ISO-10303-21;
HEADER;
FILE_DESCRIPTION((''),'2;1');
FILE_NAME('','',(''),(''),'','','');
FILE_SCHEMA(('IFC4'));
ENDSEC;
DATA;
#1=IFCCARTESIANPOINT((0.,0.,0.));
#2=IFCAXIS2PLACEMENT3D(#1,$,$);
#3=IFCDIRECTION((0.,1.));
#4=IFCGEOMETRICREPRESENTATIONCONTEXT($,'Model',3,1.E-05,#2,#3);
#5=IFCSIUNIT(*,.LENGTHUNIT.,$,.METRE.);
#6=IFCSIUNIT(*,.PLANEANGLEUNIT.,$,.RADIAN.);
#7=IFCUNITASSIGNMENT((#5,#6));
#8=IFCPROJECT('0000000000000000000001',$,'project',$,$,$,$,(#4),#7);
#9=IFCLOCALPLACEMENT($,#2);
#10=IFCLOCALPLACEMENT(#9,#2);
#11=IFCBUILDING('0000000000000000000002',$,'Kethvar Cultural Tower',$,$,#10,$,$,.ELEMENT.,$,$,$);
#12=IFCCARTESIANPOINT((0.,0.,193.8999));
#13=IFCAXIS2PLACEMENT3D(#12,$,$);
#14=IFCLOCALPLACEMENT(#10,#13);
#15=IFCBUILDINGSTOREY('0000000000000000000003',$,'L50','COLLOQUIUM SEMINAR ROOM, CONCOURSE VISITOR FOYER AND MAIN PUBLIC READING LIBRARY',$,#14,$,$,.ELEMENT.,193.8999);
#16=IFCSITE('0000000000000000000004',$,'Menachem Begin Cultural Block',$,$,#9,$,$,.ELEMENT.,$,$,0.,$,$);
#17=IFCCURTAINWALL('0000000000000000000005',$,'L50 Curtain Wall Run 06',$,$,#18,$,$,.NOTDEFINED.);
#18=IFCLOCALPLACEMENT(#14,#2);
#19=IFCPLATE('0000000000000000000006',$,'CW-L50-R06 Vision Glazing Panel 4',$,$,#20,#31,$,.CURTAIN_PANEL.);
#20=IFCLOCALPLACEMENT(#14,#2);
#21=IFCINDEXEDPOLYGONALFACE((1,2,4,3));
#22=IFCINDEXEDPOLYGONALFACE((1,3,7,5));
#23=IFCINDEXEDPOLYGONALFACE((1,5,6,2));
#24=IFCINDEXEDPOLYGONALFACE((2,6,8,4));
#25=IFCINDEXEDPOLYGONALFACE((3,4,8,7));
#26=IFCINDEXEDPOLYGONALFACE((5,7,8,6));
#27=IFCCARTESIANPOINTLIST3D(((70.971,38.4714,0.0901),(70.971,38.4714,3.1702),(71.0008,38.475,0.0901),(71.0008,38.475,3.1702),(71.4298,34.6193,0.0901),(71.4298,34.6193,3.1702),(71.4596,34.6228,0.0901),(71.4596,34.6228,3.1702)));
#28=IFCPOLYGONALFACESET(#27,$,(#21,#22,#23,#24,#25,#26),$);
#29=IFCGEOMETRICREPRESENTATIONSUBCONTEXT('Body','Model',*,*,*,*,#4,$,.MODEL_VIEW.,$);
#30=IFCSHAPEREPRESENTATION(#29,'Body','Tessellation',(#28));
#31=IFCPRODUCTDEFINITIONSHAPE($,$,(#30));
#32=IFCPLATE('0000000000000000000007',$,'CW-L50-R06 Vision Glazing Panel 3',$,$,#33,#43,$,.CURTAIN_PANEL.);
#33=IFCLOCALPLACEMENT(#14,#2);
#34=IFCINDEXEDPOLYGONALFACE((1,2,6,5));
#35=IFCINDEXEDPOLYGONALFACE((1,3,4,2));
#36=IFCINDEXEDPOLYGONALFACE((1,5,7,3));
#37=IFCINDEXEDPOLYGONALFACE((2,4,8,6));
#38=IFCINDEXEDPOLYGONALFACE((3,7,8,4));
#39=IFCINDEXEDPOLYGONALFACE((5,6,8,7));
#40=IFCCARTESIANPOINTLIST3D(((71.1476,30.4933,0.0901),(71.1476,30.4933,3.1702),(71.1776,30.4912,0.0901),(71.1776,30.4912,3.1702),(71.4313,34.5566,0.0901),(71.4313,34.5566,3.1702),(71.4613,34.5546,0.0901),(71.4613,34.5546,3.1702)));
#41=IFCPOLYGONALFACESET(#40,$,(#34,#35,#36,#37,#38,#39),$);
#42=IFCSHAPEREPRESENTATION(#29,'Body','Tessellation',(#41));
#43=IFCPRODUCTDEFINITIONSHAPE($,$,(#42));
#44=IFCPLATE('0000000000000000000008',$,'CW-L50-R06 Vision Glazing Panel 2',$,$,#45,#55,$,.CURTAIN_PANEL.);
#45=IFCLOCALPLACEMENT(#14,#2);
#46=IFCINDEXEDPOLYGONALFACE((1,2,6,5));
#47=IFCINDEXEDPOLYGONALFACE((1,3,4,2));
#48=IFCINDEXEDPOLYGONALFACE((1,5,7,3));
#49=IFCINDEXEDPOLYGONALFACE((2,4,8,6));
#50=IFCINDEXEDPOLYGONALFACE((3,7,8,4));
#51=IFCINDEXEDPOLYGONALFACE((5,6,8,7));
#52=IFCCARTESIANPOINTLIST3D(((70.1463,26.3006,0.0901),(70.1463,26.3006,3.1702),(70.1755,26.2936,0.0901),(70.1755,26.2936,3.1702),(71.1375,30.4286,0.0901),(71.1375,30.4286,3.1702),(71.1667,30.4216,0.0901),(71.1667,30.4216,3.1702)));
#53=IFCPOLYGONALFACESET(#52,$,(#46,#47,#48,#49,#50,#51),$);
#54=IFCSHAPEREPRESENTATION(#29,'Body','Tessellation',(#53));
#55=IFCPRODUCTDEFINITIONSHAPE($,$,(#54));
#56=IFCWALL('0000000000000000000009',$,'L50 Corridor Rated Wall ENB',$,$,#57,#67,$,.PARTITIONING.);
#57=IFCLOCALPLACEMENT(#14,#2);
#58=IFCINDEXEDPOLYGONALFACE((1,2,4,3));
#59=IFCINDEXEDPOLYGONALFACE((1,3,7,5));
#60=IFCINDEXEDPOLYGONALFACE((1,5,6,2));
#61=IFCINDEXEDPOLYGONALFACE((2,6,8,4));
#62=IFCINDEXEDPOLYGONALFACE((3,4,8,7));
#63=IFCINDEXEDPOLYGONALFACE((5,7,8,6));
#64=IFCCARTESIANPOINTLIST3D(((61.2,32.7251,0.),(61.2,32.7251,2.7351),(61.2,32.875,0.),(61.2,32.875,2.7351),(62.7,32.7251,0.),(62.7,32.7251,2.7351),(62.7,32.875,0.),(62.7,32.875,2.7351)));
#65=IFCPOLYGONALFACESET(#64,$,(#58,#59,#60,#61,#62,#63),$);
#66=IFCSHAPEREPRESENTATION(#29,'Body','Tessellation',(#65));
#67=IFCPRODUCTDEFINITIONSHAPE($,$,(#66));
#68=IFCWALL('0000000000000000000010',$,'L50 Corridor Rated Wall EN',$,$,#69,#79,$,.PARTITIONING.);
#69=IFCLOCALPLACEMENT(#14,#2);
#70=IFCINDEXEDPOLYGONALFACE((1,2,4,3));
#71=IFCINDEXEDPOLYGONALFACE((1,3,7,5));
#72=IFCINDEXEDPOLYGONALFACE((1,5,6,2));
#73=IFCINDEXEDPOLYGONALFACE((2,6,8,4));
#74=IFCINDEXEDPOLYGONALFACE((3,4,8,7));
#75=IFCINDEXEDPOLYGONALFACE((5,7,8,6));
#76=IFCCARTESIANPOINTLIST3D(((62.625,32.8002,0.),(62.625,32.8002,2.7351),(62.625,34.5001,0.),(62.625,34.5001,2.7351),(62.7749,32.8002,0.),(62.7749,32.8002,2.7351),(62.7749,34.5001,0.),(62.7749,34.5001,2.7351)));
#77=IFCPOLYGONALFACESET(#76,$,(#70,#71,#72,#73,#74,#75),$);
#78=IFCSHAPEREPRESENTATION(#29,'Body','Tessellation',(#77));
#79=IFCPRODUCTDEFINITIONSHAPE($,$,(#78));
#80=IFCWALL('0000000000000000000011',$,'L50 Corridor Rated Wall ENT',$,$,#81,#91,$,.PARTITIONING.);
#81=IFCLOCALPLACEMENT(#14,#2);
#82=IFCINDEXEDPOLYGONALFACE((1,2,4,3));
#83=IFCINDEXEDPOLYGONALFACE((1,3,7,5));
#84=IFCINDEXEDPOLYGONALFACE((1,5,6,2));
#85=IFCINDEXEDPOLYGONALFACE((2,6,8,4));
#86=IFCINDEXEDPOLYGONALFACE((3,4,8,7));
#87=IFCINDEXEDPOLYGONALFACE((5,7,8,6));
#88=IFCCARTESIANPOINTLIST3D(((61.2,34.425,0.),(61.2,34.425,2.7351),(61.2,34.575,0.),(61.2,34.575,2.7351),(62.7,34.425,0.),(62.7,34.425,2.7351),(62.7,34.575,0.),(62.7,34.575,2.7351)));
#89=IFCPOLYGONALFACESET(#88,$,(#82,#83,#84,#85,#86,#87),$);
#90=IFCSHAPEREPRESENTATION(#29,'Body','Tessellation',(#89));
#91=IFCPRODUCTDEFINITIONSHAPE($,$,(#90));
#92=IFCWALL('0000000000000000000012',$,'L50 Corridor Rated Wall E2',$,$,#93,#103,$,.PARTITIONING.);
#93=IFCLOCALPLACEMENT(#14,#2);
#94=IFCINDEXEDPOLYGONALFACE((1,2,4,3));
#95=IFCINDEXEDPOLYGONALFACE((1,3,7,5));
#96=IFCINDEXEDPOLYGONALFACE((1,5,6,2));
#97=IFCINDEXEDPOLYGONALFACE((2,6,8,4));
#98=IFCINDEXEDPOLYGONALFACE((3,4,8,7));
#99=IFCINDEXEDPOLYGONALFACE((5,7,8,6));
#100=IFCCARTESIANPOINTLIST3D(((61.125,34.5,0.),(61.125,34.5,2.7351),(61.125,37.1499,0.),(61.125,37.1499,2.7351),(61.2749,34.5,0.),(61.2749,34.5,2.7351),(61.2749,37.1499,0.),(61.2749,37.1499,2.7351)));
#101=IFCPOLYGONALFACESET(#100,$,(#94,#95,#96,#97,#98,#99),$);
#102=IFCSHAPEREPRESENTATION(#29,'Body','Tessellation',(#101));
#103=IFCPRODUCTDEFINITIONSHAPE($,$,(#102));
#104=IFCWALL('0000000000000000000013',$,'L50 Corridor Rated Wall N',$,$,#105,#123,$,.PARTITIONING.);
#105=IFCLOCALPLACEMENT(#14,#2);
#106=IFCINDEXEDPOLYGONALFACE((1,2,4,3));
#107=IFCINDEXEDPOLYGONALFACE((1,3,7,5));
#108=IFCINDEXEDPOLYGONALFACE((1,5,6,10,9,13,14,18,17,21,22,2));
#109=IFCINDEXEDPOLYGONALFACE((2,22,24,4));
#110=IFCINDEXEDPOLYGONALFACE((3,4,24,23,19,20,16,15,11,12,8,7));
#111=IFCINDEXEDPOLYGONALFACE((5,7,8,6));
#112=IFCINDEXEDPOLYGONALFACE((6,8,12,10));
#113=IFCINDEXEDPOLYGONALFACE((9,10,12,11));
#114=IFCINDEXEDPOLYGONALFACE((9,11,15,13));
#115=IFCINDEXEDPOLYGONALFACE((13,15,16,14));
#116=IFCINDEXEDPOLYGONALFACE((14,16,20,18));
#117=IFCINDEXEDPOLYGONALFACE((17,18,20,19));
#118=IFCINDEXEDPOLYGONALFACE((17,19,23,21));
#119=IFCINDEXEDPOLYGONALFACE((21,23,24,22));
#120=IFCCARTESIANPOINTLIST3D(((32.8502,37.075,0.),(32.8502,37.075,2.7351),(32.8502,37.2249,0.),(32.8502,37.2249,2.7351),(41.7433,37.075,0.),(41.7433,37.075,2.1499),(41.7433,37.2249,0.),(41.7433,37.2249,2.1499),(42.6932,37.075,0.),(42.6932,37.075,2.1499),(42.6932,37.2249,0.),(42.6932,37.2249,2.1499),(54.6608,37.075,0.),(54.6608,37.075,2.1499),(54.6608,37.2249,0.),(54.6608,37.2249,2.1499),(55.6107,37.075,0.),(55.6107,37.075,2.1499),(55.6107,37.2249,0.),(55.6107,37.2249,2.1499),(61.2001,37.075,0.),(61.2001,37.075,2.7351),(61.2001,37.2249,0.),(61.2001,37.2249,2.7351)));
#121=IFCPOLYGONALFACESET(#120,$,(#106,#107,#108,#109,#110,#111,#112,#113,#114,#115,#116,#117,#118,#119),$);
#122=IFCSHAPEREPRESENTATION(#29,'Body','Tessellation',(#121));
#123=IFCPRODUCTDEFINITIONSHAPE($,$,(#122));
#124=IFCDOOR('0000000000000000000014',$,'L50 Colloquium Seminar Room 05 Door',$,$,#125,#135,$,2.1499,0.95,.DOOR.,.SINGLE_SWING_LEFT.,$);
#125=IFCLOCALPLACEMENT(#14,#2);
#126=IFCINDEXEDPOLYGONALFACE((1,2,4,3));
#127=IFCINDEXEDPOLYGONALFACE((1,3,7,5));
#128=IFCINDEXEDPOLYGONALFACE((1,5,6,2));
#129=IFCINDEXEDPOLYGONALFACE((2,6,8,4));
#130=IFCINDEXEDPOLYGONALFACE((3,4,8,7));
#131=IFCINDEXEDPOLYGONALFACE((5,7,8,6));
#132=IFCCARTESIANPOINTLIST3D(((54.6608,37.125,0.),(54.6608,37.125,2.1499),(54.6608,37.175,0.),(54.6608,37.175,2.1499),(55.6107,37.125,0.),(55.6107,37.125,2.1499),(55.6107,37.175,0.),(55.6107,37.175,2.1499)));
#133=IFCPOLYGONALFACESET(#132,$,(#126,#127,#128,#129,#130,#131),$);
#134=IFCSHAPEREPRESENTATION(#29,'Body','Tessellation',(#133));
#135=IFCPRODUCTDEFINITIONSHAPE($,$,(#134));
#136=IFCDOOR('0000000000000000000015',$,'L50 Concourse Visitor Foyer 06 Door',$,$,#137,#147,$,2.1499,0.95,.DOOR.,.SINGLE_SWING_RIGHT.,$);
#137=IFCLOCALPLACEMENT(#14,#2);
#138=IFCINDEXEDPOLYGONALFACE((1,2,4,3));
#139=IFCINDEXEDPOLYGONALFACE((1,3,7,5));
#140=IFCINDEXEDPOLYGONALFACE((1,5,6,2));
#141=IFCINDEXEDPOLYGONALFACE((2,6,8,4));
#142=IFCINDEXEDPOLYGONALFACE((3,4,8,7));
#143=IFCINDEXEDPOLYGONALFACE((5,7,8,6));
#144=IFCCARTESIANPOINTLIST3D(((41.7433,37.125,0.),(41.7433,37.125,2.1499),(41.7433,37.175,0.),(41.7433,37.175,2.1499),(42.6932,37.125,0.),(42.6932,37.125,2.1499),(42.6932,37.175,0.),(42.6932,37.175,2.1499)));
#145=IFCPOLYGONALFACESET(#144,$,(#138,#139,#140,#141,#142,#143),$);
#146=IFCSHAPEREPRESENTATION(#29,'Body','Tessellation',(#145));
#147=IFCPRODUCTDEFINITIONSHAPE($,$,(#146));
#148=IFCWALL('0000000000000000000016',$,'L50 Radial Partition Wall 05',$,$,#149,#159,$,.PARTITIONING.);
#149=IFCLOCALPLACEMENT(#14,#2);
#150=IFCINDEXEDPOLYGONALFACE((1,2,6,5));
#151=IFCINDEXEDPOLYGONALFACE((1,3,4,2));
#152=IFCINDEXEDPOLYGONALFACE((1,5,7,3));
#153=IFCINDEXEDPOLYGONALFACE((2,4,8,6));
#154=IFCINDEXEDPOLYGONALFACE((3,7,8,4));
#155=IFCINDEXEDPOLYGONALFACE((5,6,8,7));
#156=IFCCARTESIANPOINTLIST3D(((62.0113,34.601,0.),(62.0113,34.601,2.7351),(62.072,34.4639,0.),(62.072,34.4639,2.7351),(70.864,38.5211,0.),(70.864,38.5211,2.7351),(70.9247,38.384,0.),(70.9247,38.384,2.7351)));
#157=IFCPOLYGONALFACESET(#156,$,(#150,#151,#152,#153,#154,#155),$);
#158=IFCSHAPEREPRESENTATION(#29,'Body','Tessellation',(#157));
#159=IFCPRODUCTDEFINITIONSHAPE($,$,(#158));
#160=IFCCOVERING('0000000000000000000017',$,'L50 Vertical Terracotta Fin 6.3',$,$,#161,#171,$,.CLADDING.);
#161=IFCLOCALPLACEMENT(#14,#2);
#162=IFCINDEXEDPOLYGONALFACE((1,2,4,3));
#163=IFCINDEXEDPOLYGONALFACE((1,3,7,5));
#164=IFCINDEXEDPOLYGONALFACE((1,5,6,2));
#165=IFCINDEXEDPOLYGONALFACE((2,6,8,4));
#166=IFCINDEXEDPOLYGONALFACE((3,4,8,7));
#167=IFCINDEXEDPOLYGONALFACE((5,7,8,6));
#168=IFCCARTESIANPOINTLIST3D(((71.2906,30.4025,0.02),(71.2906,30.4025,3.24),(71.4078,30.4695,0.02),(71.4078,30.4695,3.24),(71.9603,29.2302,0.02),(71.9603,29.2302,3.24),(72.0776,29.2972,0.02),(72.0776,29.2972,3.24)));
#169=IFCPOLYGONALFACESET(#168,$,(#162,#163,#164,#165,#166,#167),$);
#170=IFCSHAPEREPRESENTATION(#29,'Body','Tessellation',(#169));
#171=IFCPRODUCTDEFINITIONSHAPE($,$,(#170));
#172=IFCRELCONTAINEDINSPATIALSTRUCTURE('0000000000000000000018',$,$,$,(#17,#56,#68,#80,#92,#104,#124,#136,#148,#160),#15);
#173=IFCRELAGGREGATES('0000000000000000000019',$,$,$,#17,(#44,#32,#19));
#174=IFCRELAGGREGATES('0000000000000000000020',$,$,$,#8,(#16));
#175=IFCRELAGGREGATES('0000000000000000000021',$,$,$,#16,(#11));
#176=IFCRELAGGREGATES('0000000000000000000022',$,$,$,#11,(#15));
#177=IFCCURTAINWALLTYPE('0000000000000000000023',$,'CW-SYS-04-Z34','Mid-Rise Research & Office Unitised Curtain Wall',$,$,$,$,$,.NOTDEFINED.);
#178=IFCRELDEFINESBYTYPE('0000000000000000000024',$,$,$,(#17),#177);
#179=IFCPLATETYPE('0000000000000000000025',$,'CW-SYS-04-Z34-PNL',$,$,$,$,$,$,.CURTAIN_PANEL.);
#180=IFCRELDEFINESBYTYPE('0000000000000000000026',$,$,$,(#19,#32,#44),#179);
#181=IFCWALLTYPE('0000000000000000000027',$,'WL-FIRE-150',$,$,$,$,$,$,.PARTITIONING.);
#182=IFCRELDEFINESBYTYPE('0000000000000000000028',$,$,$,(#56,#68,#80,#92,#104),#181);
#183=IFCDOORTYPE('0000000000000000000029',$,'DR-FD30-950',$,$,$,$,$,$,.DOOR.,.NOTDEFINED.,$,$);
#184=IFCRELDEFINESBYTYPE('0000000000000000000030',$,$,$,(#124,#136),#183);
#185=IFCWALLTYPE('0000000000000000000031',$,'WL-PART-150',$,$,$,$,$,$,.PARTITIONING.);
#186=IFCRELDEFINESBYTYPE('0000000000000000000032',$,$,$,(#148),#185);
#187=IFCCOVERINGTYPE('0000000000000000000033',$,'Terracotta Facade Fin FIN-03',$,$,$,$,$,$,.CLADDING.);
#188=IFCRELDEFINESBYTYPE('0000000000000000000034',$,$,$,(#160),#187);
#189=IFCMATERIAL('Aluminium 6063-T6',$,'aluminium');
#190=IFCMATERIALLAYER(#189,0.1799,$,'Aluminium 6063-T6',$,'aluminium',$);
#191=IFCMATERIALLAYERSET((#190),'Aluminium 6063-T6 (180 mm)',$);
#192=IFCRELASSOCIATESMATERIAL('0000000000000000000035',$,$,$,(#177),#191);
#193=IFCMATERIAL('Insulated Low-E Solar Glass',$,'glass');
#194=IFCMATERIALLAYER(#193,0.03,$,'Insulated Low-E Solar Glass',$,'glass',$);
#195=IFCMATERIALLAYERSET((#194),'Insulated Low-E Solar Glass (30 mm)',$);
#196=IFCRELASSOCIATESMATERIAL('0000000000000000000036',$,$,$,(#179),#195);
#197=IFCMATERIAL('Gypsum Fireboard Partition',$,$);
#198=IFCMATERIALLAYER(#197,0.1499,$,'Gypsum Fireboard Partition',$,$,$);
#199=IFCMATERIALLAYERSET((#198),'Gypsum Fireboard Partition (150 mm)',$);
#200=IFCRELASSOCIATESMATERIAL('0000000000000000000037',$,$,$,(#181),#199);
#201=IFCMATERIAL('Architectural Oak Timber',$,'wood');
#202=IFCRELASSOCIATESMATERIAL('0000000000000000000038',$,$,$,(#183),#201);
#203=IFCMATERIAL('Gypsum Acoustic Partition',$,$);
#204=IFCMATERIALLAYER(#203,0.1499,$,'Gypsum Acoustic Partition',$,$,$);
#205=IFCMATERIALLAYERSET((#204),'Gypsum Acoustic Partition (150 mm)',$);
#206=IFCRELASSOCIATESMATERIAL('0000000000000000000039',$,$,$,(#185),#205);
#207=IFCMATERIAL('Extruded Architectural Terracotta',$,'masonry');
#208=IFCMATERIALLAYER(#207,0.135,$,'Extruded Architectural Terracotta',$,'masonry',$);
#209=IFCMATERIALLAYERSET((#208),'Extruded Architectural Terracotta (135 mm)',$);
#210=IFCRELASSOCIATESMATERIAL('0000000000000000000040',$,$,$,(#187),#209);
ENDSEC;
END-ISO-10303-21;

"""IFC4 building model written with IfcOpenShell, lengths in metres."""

from ifc_helpers import new_model, si_unit, direction, frame, frame_2d, origin, origin_2d, place, context, subcontext, project, spatial, rectangle, extrude, source, transform, mapped, material, layer, layer_set, type_object, element, fill, aggregate, save


model = new_model("IFC4")

# Units and contexts
model_context = context("Model", 3, precision=1e-05, world=origin(), true_north=direction((0.0, 1.0)))
body_context = subcontext(model_context, "Body", "Model", "MODEL_VIEW")
ifc_project = project(units=[si_unit("LENGTHUNIT", "METRE"), si_unit("PLANEANGLEUNIT", "RADIAN")], contexts=[model_context])

# Site, building, storey
site_placement = place(None, origin())
site = spatial("IfcSite", under=ifc_project, at=site_placement, Name="Menachem Begin Cultural Block", CompositionType="ELEMENT", RefElevation=0.0)
building_placement = place(site_placement, origin())
building = spatial("IfcBuilding", under=site, at=building_placement, Name="Kethvar Cultural Tower", CompositionType="ELEMENT")
storey_placement = place(building_placement, frame((0.0, 0.0, 193.8999)))
storey = spatial("IfcBuildingStorey", under=building, at=storey_placement, Name="L50", Description="COLLOQUIUM SEMINAR ROOM, CONCOURSE VISITOR FOYER AND MAIN PUBLIC READING LIBRARY", CompositionType="ELEMENT", Elevation=193.8999)

# Curtain wall, plates
ifc_material_1 = material(Name="Aluminium 6063-T6", Category="aluminium")
ifc_layer_1 = layer(ifc_material_1, 0.1799, Name="Aluminium 6063-T6", Category="aluminium")
ifc_layer_set_1 = layer_set([ifc_layer_1], Name="Aluminium 6063-T6 (180 mm)")
curtain_wall_type = type_object("IfcCurtainWallType", Name="CW-SYS-04-Z34", Description="Mid-Rise Research & Office Unitised Curtain Wall", PredefinedType="NOTDEFINED", material=ifc_layer_set_1)
curtain_wall_placement = place(storey_placement, origin())
curtain_wall = element("IfcCurtainWall", 1, at=curtain_wall_placement, inside=storey, type_object=curtain_wall_type, Name="L50 Curtain Wall Run 06", PredefinedType="NOTDEFINED")
ifc_material_2 = material(Name="Insulated Low-E Solar Glass", Category="glass")
ifc_layer_2 = layer(ifc_material_2, 0.03, Name="Insulated Low-E Solar Glass", Category="glass")
ifc_layer_set_2 = layer_set([ifc_layer_2], Name="Insulated Low-E Solar Glass (30 mm)")
plate_type = type_object("IfcPlateType", Name="CW-SYS-04-Z34-PNL", PredefinedType="CURTAIN_PANEL", material=ifc_layer_set_2)
shared_shape_1 = source(origin(), body_context, "Body", "SweptSolid", [
    extrude(rectangle(XDim=3.8794, YDim=0.03, at=origin_2d()), origin(), (0.0, 0.0, 1.0), 3.0801),
])
plate_1_placement = place(storey_placement, frame((71.2153, 36.5471, 0.0901), z_axis=(0.0, 0.0, 1.0), x_axis=(-0.118265, 0.992982, 0.0)))
plate_1 = element("IfcPlate", 2, at=plate_1_placement, type_object=plate_type, Name="CW-L50-R06 Vision Glazing Panel 4", PredefinedType="CURTAIN_PANEL", context=body_context, shape_type="MappedRepresentation", body=[
    mapped(shared_shape_1, transform((0.0, 0.0, 0.0), scale=1.0)),
])
shared_shape_2 = source(origin(), body_context, "Body", "SweptSolid", [
    extrude(rectangle(XDim=4.0732, YDim=0.03, at=origin_2d()), origin(), (0.0, 0.0, 1.0), 3.0801),
])
plate_2_placement = place(storey_placement, frame((71.3044, 32.5239, 0.0901), z_axis=(0.0, 0.0, 1.0), x_axis=(0.069652, 0.997571, 0.0)))
plate_2 = element("IfcPlate", 3, at=plate_2_placement, type_object=plate_type, Name="CW-L50-R06 Vision Glazing Panel 3", PredefinedType="CURTAIN_PANEL", context=body_context, shape_type="MappedRepresentation", body=[
    mapped(shared_shape_2, transform((0.0, 0.0, 0.0), scale=1.0)),
])
shared_shape_3 = source(origin(), body_context, "Body", "SweptSolid", [
    extrude(rectangle(XDim=4.2454, YDim=0.03, at=origin_2d()), origin(), (0.0, 0.0, 1.0), 3.0801),
])
plate_3_placement = place(storey_placement, frame((70.6565, 28.3611, 0.0901), z_axis=(0.0, 0.0, 1.0), x_axis=(0.233496, 0.972358, 0.0)))
plate_3 = element("IfcPlate", 4, at=plate_3_placement, type_object=plate_type, Name="CW-L50-R06 Vision Glazing Panel 2", PredefinedType="CURTAIN_PANEL", context=body_context, shape_type="MappedRepresentation", body=[
    mapped(shared_shape_3, transform((0.0, 0.0, 0.0), scale=1.0)),
])
aggregate(curtain_wall, [plate_3, plate_2, plate_1])

# Walls
ifc_material_3 = material(Name="Gypsum Fireboard Partition")
ifc_layer_3 = layer(ifc_material_3, 0.1499, Name="Gypsum Fireboard Partition")
ifc_layer_set_3 = layer_set([ifc_layer_3], Name="Gypsum Fireboard Partition (150 mm)")
wall_type_1 = type_object("IfcWallType", Name="WL-FIRE-150", PredefinedType="PARTITIONING", material=ifc_layer_set_3)
wall_1_placement = place(storey_placement, frame((61.2, 32.8, 0.0), z_axis=(0.0, 0.0, 1.0), x_axis=(1.0, 0.0, 0.0)))
element("IfcWall", 5, at=wall_1_placement, inside=storey, type_object=wall_type_1, Name="L50 Corridor Rated Wall ENB", PredefinedType="PARTITIONING", context=body_context, shape_type="SweptSolid", body=[
    extrude(rectangle(XDim=1.5, YDim=0.1499, at=frame_2d((0.75, 0.0))), origin(), (0.0, 0.0, 1.0), 2.7351),
])
wall_2_placement = place(storey_placement, frame((62.7, 32.8, 0.0), z_axis=(0.0, 0.0, 1.0), x_axis=(0.0, 1.0, 0.0)))
element("IfcWall", 6, at=wall_2_placement, inside=storey, type_object=wall_type_1, Name="L50 Corridor Rated Wall EN", PredefinedType="PARTITIONING", context=body_context, shape_type="SweptSolid", body=[
    extrude(rectangle(XDim=1.7, YDim=0.1499, at=frame_2d((0.8501, 0.0))), origin(), (0.0, 0.0, 1.0), 2.7351),
])
wall_3_placement = place(storey_placement, frame((62.7, 34.5, 0.0), z_axis=(0.0, 0.0, 1.0), x_axis=(-1.0, 0.0, 0.0)))
element("IfcWall", 7, at=wall_3_placement, inside=storey, type_object=wall_type_1, Name="L50 Corridor Rated Wall ENT", PredefinedType="PARTITIONING", context=body_context, shape_type="SweptSolid", body=[
    extrude(rectangle(XDim=1.5, YDim=0.1499, at=frame_2d((0.75, 0.0))), origin(), (0.0, 0.0, 1.0), 2.7351),
])
wall_4_placement = place(storey_placement, frame((61.2, 34.5, 0.0), z_axis=(0.0, 0.0, 1.0), x_axis=(0.0, 1.0, 0.0)))
element("IfcWall", 8, at=wall_4_placement, inside=storey, type_object=wall_type_1, Name="L50 Corridor Rated Wall E2", PredefinedType="PARTITIONING", context=body_context, shape_type="SweptSolid", body=[
    extrude(rectangle(XDim=2.6499, YDim=0.1499, at=frame_2d((1.325, 0.0))), origin(), (0.0, 0.0, 1.0), 2.7351),
])

# Wall, openings, doors
wall_5_placement = place(storey_placement, frame((61.2, 37.1499, 0.0), z_axis=(0.0, 0.0, 1.0), x_axis=(-1.0, 0.0, 0.0)))
wall_5 = element("IfcWall", 9, at=wall_5_placement, inside=storey, type_object=wall_type_1, Name="L50 Corridor Rated Wall N", PredefinedType="PARTITIONING", context=body_context, shape_type="SweptSolid", body=[
    extrude(rectangle(XDim=28.3499, YDim=0.1499, at=frame_2d((14.1748, 0.0))), origin(), (0.0, 0.0, 1.0), 2.7351),
])
opening_1_placement = place(wall_5_placement, frame((5.5891, 0.0, 0.0)))
opening_1 = element("IfcOpeningElement", 10, at=opening_1_placement, cuts=wall_5, PredefinedType="OPENING", context=body_context, shape_type="SweptSolid", body=[
    extrude(rectangle(XDim=0.95, YDim=2.1499, at=frame_2d((0.4751, 1.075))), frame((0.0, 0.085, 0.0), z_axis=(0.0, -1.0, 0.0), x_axis=(1.0, 0.0, 0.0)), (0.0, 0.0, 1.0), 0.1699),
])
opening_2_placement = place(wall_5_placement, frame((18.5066, 0.0, 0.0)))
opening_2 = element("IfcOpeningElement", 11, at=opening_2_placement, cuts=wall_5, PredefinedType="OPENING", context=body_context, shape_type="SweptSolid", body=[
    extrude(rectangle(XDim=0.95, YDim=2.1499, at=frame_2d((0.4751, 1.075))), frame((0.0, 0.085, 0.0), z_axis=(0.0, -1.0, 0.0), x_axis=(1.0, 0.0, 0.0)), (0.0, 0.0, 1.0), 0.1699),
])
ifc_material_4 = material(Name="Architectural Oak Timber", Category="wood")
door_type = type_object("IfcDoorType", Name="DR-FD30-950", OperationType="NOTDEFINED", PredefinedType="DOOR", material=ifc_material_4)
shared_shape_4 = source(origin(), body_context, "Body", "SweptSolid", [
    extrude(rectangle(XDim=0.95, YDim=2.1499, at=frame_2d((0.4751, 1.075))), frame((0.0, 0.0249, 0.0), z_axis=(0.0, -1.0, 0.0), x_axis=(1.0, 0.0, 0.0)), (0.0, 0.0, 1.0), 0.05),
])
door_1_placement = place(opening_1_placement, origin())
door_1 = element("IfcDoor", 12, at=door_1_placement, inside=storey, type_object=door_type, Name="L50 Colloquium Seminar Room 05 Door", OperationType="SINGLE_SWING_LEFT", OverallHeight=2.1499, OverallWidth=0.95, PredefinedType="DOOR", context=body_context, shape_type="MappedRepresentation", body=[
    mapped(shared_shape_4, transform((0.0, 0.0, 0.0), scale=1.0)),
])
fill(opening_1, door_1)
door_2_placement = place(opening_2_placement, origin())
door_2 = element("IfcDoor", 13, at=door_2_placement, inside=storey, type_object=door_type, Name="L50 Concourse Visitor Foyer 06 Door", OperationType="SINGLE_SWING_RIGHT", OverallHeight=2.1499, OverallWidth=0.95, PredefinedType="DOOR", context=body_context, shape_type="MappedRepresentation", body=[
    mapped(shared_shape_4, transform((0.0, 0.0, 0.0), scale=1.0)),
])
fill(opening_2, door_2)

# Wall
ifc_material_5 = material(Name="Gypsum Acoustic Partition")
ifc_layer_4 = layer(ifc_material_5, 0.1499, Name="Gypsum Acoustic Partition")
ifc_layer_set_4 = layer_set([ifc_layer_4], Name="Gypsum Acoustic Partition (150 mm)")
wall_type_2 = type_object("IfcWallType", Name="WL-PART-150", PredefinedType="PARTITIONING", material=ifc_layer_set_4)
wall_6_placement = place(storey_placement, frame((62.0417, 34.5325, 0.0), z_axis=(0.0, 0.0, 1.0), x_axis=(0.914363, 0.404896, 0.0)))
element("IfcWall", 14, at=wall_6_placement, inside=storey, type_object=wall_type_2, Name="L50 Radial Partition Wall 05", PredefinedType="PARTITIONING", context=body_context, shape_type="SweptSolid", body=[
    extrude(rectangle(XDim=9.6819, YDim=0.1499, at=frame_2d((4.8408, 0.0))), origin(), (0.0, 0.0, 1.0), 2.7351),
])

# Covering
ifc_material_6 = material(Name="Extruded Architectural Terracotta", Category="masonry")
ifc_layer_5 = layer(ifc_material_6, 0.135, Name="Extruded Architectural Terracotta", Category="masonry")
ifc_layer_set_5 = layer_set([ifc_layer_5], Name="Extruded Architectural Terracotta (135 mm)")
covering_type = type_object("IfcCoveringType", Name="Terracotta Facade Fin FIN-03", PredefinedType="CLADDING", material=ifc_layer_set_5)
shared_shape_5 = source(origin(), body_context, "Body", "SweptSolid", [
    extrude(rectangle(XDim=1.3501, YDim=0.135, at=origin_2d()), origin(), (0.0, 0.0, 1.0), 3.22),
])
for number, where, z_axis, x_axis, name in (
    (15, (71.6841, 29.8499, 0.02), (0.0, 0.0, 1.0), (0.496065, -0.868285, 0.0), "L50 Vertical Terracotta Fin 6.3"),
):
    element("IfcCovering", number, at=place(storey_placement, frame(where, z_axis=z_axis, x_axis=x_axis)), inside=storey, type_object=covering_type, Name=name, PredefinedType="CLADDING", context=body_context, shape_type="MappedRepresentation", body=[
        mapped(shared_shape_5, transform((0.0, 0.0, 0.0), scale=1.0)),
    ])

save(model, "model.ifc")
